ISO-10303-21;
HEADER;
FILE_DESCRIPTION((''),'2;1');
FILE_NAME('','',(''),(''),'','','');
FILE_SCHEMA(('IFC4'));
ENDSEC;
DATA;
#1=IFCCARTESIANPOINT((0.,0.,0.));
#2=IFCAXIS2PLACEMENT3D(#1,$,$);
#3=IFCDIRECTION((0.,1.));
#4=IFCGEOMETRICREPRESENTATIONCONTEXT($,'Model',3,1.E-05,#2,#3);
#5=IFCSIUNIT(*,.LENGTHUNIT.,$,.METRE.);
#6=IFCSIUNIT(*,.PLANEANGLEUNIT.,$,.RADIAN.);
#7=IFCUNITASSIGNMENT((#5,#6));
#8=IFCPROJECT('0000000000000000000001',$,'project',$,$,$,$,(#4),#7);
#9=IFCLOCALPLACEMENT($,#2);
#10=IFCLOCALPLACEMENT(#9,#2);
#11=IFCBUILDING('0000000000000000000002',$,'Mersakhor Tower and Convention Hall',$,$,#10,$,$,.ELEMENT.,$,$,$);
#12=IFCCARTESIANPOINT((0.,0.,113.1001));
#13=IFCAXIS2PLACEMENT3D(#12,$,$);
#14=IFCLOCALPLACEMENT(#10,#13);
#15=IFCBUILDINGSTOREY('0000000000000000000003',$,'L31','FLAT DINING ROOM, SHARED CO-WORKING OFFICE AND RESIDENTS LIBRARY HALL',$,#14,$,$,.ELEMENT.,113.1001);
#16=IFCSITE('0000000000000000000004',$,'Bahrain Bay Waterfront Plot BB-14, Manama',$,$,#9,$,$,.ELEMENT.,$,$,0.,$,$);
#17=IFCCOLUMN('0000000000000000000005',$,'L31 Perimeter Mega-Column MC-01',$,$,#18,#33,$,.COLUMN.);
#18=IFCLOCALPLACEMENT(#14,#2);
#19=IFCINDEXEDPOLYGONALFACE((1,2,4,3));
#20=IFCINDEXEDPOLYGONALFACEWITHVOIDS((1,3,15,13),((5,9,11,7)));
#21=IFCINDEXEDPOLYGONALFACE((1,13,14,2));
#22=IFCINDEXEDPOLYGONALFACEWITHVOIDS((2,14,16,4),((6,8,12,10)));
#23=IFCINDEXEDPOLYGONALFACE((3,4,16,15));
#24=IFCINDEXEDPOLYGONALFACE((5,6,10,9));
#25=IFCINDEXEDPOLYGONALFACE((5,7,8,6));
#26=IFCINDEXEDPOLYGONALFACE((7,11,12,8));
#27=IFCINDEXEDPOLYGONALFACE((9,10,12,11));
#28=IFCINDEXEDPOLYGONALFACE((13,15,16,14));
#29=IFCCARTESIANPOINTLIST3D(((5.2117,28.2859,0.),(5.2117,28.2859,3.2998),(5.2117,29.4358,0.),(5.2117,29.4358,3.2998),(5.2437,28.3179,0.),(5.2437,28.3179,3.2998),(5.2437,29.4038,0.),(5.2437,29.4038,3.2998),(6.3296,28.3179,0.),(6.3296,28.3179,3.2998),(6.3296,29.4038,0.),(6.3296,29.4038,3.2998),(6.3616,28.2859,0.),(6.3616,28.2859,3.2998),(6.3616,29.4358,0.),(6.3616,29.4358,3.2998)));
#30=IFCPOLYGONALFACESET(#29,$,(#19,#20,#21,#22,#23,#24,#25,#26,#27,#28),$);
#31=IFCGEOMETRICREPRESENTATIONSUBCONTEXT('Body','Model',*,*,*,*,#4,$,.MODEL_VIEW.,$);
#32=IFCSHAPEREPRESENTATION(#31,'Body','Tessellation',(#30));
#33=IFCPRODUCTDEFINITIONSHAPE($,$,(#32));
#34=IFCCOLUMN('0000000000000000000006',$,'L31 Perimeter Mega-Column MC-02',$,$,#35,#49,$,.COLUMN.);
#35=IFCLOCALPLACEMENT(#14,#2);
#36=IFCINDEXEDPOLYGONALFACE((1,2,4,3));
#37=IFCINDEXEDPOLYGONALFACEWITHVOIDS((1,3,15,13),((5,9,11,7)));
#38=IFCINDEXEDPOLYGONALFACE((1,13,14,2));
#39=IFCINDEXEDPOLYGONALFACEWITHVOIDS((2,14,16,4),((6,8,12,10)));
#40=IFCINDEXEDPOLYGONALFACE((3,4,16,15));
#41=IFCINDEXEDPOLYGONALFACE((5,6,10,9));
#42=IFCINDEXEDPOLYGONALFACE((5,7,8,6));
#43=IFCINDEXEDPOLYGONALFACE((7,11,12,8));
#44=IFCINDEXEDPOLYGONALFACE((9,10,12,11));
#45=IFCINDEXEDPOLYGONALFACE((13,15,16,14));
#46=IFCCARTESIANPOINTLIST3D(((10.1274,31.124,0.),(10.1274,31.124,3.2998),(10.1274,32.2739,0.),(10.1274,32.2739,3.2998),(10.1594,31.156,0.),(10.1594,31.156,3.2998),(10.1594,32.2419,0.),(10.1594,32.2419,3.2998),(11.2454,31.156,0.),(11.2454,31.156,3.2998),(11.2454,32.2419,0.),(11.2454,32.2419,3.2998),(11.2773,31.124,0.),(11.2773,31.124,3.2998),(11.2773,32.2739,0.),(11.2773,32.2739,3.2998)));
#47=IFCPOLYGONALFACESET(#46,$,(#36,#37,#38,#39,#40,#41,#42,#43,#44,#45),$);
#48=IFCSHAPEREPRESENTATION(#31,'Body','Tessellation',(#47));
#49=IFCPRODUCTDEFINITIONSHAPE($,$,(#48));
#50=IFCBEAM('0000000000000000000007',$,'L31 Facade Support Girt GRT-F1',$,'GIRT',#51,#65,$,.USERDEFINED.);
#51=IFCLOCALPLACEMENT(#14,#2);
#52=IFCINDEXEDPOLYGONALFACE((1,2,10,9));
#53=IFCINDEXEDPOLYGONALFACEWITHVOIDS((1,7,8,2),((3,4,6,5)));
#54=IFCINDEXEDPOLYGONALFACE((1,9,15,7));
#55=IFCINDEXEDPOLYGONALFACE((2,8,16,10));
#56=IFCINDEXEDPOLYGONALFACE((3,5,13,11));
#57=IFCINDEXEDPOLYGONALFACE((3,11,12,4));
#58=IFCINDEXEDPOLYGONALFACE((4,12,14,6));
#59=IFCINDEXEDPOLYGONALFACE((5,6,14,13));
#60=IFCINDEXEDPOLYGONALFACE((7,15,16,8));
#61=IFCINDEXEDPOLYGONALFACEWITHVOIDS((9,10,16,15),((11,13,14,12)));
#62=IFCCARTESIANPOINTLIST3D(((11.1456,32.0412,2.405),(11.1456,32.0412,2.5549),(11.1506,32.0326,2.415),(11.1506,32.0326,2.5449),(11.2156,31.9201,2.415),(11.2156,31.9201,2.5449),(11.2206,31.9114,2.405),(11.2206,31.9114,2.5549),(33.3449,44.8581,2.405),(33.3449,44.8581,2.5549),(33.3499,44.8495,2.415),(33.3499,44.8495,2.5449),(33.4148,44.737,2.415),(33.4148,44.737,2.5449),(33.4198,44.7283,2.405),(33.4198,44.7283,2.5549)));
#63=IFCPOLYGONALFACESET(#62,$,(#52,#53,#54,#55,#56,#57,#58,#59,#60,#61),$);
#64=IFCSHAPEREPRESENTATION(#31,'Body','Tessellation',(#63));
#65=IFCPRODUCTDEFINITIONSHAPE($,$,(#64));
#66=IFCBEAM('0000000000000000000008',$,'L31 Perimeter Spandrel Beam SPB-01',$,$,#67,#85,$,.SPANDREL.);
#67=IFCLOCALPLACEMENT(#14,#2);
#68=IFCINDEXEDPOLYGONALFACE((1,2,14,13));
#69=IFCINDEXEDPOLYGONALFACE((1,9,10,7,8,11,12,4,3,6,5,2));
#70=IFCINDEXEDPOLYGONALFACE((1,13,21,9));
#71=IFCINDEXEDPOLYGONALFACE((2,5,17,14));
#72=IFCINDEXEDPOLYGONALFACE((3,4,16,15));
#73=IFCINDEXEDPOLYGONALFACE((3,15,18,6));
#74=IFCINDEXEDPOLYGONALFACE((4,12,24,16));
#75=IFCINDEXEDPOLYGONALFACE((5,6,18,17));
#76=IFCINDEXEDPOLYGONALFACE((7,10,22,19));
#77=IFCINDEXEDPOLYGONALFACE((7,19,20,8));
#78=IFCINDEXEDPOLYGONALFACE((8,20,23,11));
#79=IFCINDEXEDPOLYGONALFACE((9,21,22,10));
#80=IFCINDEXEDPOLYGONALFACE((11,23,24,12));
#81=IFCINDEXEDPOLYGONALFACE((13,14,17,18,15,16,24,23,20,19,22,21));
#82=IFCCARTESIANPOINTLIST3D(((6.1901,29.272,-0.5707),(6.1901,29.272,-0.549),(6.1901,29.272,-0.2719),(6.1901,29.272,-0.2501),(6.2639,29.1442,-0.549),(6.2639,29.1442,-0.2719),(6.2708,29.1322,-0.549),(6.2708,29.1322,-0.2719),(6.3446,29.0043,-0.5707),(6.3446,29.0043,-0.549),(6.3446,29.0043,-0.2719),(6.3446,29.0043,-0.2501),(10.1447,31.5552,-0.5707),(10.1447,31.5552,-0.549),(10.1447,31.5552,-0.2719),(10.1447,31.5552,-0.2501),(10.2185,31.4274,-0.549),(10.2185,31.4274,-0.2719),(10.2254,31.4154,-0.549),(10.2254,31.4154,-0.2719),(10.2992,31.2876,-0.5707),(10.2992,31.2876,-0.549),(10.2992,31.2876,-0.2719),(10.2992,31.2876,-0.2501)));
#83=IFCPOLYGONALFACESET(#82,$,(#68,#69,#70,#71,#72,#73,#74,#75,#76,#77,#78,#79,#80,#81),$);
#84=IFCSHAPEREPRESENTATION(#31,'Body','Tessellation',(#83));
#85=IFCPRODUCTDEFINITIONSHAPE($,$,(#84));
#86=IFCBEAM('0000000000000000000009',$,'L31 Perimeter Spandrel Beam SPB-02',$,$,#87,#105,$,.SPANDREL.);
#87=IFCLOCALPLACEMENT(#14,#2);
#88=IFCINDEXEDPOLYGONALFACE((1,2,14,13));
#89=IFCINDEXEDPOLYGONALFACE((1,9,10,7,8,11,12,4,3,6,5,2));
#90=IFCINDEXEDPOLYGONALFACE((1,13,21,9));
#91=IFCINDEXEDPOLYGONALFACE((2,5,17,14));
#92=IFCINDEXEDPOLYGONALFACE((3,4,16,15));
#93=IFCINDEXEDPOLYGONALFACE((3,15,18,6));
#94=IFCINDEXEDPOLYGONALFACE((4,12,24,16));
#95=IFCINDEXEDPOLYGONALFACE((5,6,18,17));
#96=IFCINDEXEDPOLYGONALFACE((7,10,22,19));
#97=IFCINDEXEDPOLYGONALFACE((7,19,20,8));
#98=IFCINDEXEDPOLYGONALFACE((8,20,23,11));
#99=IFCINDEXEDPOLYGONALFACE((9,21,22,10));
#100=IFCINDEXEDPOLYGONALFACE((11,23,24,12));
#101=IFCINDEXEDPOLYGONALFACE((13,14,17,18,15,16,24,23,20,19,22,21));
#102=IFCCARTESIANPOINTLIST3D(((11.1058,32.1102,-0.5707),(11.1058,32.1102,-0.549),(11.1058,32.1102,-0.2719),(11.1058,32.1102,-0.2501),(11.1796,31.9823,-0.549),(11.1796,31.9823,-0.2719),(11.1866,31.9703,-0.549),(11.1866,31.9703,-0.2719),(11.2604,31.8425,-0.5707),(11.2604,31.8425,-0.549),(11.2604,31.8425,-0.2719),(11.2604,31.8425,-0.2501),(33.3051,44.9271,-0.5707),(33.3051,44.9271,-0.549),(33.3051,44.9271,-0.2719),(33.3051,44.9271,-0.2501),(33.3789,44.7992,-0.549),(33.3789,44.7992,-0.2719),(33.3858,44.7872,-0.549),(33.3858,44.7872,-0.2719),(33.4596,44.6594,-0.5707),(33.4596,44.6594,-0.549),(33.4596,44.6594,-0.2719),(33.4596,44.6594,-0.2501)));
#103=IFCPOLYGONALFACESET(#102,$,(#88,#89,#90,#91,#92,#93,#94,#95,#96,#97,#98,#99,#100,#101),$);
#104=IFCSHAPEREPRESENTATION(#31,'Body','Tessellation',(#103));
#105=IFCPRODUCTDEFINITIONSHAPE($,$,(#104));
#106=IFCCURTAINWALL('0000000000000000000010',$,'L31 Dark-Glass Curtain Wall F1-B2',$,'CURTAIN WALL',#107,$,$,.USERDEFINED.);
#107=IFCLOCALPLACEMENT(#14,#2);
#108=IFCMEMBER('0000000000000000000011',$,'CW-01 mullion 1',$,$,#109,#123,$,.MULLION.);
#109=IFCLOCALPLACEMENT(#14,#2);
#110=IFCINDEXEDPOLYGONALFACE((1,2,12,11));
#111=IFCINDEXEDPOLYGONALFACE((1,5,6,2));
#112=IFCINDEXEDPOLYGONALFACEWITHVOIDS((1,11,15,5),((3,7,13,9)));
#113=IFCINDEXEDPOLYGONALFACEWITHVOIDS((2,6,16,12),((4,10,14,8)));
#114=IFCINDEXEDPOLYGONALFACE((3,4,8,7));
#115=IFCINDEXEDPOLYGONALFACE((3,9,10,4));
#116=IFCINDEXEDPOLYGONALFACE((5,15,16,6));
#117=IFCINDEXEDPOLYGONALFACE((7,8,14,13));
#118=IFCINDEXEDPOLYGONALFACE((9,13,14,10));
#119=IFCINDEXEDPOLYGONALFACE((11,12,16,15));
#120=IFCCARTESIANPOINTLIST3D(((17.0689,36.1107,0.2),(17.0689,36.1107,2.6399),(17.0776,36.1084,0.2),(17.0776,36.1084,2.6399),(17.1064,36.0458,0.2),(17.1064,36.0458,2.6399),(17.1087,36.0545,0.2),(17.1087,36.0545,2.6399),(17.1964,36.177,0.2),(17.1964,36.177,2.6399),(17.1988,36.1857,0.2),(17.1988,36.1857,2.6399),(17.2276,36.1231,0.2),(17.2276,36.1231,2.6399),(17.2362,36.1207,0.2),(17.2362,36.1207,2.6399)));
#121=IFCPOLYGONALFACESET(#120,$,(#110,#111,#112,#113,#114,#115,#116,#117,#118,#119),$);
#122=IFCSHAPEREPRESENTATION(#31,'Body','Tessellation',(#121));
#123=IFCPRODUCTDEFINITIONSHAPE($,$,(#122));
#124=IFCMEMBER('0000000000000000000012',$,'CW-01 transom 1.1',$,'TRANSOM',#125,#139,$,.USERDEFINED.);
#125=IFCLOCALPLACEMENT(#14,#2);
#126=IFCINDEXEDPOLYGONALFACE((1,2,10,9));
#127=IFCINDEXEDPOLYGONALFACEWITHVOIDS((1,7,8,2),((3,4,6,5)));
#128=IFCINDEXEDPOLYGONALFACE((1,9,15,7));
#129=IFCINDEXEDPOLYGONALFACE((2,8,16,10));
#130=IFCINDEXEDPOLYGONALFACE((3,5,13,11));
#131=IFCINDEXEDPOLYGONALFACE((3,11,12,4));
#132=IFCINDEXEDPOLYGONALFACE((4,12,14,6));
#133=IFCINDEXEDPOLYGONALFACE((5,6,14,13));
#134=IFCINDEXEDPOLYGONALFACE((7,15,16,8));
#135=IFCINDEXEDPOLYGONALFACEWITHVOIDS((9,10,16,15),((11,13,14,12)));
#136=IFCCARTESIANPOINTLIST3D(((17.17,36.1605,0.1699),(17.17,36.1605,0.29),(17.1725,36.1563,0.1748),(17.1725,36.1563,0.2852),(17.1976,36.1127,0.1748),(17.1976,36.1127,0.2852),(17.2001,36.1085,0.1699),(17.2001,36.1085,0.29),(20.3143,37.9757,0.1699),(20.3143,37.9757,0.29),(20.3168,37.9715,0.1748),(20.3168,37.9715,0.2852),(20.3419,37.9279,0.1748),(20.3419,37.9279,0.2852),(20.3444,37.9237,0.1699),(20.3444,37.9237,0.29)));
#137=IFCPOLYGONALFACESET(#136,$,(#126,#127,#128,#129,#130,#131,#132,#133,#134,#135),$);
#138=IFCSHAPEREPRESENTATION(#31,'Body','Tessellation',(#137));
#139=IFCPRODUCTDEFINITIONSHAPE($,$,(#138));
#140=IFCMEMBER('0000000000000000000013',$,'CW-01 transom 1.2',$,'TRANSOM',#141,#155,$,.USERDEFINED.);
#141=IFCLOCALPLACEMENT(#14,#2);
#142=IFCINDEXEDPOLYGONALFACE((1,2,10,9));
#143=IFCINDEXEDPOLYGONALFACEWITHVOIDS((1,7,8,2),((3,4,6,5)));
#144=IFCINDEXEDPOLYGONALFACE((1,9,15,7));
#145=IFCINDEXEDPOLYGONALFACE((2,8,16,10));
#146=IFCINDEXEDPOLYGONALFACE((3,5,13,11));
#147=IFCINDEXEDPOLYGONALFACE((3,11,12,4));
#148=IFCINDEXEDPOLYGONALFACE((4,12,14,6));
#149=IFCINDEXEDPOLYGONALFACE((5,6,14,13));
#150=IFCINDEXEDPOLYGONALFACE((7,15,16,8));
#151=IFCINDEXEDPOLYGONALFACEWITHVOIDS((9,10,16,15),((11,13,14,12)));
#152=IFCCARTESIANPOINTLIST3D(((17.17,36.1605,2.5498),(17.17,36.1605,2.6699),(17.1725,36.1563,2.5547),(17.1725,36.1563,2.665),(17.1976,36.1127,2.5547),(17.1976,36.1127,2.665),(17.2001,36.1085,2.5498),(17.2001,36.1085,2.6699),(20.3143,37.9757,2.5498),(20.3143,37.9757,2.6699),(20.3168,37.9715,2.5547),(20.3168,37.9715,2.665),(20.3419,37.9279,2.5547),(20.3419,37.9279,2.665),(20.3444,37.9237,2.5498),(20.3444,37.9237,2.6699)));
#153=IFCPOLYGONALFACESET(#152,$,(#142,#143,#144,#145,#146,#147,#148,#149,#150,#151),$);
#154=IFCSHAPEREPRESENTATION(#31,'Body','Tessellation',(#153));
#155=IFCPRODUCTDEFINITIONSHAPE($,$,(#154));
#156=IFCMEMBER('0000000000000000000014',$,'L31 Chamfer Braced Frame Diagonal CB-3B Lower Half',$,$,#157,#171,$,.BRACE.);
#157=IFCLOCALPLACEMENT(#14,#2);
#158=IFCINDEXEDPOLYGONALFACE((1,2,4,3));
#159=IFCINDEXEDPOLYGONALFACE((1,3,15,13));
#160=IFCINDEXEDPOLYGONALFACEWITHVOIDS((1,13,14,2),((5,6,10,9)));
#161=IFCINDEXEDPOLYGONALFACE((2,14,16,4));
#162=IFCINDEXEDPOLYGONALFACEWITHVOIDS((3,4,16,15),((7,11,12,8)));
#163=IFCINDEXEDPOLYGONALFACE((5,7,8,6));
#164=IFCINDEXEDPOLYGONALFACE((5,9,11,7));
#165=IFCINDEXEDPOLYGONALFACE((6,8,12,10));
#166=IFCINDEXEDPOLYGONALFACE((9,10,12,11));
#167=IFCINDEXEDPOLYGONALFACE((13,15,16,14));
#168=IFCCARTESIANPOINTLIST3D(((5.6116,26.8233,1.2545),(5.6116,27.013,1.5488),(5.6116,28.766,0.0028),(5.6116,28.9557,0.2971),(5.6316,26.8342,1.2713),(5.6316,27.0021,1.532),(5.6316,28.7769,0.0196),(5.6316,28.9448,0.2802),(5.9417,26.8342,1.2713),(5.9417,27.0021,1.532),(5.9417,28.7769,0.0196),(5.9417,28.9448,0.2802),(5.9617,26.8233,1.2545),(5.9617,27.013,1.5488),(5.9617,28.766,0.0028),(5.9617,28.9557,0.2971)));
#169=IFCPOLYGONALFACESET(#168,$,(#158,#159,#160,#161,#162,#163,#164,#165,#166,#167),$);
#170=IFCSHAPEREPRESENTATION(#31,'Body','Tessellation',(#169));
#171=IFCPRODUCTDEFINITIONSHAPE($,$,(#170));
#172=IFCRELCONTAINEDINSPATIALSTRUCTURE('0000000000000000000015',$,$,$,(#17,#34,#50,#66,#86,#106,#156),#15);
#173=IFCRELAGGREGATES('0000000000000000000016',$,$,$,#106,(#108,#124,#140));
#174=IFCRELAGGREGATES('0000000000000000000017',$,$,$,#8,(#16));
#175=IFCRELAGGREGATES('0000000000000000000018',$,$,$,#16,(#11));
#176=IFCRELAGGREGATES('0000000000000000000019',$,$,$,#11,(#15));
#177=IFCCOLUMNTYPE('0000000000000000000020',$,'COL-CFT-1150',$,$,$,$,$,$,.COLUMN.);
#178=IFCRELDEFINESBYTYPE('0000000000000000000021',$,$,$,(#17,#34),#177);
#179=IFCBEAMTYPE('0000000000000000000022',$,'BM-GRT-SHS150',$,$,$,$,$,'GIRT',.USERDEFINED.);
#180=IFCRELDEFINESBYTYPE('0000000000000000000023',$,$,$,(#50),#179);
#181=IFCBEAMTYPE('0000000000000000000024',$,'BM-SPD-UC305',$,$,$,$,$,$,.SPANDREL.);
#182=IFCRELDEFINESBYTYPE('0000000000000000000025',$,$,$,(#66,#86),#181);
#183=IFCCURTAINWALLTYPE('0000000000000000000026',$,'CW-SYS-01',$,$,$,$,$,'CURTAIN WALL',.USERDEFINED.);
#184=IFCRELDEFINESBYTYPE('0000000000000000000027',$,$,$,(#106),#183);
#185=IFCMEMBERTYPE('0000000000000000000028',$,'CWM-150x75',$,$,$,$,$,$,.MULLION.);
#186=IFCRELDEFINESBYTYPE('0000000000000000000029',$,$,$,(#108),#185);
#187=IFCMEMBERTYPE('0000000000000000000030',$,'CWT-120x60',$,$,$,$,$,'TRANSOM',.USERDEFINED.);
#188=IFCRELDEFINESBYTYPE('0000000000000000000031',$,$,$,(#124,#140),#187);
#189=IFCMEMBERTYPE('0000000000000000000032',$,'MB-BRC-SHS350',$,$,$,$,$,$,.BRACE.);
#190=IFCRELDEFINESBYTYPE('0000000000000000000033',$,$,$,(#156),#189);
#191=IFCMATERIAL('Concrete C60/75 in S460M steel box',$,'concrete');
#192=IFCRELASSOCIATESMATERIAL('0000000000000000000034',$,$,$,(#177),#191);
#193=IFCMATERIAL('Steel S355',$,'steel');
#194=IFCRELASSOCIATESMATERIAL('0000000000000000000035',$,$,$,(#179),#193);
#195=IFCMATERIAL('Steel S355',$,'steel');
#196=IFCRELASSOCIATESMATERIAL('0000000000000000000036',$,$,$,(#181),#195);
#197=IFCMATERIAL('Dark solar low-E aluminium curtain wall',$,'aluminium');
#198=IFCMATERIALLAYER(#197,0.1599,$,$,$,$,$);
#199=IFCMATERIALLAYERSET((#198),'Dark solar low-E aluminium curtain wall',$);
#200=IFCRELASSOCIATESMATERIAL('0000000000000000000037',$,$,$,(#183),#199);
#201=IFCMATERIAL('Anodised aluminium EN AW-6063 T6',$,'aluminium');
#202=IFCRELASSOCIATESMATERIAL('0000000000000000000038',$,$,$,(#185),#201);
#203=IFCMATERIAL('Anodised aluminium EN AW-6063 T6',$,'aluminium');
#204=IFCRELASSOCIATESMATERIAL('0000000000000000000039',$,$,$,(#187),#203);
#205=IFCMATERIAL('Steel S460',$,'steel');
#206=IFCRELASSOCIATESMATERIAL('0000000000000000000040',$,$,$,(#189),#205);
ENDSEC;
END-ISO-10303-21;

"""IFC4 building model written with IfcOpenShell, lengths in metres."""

from ifc_helpers import new_model, si_unit, direction, frame, origin, origin_2d, place, context, subcontext, project, spatial, hollow_rectangle, i_section, extrude, material, layer, layer_set, material_profile, profile_set, type_object, element, aggregate, save


model = new_model("IFC4")

# Units and contexts
model_context = context("Model", 3, precision=1e-05, world=origin(), true_north=direction((0.0, 1.0)))
body_context = subcontext(model_context, "Body", "Model", "MODEL_VIEW")
ifc_project = project(units=[si_unit("LENGTHUNIT", "METRE"), si_unit("PLANEANGLEUNIT", "RADIAN")], contexts=[model_context])

# Site, building, storey
site_placement = place(None, origin())
site = spatial("IfcSite", under=ifc_project, at=site_placement, Name="Bahrain Bay Waterfront Plot BB-14, Manama", CompositionType="ELEMENT", RefElevation=0.0)
building_placement = place(site_placement, origin())
building = spatial("IfcBuilding", under=site, at=building_placement, Name="Mersakhor Tower and Convention Hall", CompositionType="ELEMENT")
storey_placement = place(building_placement, frame((0.0, 0.0, 113.1001)))
storey = spatial("IfcBuildingStorey", under=building, at=storey_placement, Name="L31", Description="FLAT DINING ROOM, SHARED CO-WORKING OFFICE AND RESIDENTS LIBRARY HALL", CompositionType="ELEMENT", Elevation=113.1001)

# Columns
ifc_material_1 = material(Name="Concrete C60/75 in S460M steel box", Category="concrete")
ifc_material_profile_1 = material_profile(ifc_material_1, hollow_rectangle(XDim=1.1499, YDim=1.1499, WallThickness=0.032, at=origin_2d()), Name="SHS 1150x1150x32")
ifc_profile_set_1 = profile_set([ifc_material_profile_1], Name="Concrete C60/75 in S460M steel box")
column_type = type_object("IfcColumnType", Name="COL-CFT-1150", PredefinedType="COLUMN", material=ifc_profile_set_1)
for number, where, z_axis, x_axis, name in (
    (1, (5.7866, 28.8608, 0.0), (0.0, 0.0, 1.0), (1.0, 0.0, 0.0), "L31 Perimeter Mega-Column MC-01"),
    (2, (10.7024, 31.699, 0.0), (0.0, 0.0, 1.0), (1.0, 0.0, 0.0), "L31 Perimeter Mega-Column MC-02"),
):
    element("IfcColumn", number, at=place(storey_placement, frame(where, z_axis=z_axis, x_axis=x_axis)), inside=storey, type_object=column_type, Name=name, PredefinedType="COLUMN", context=body_context, shape_type="SweptSolid", body=[
        extrude(hollow_rectangle(XDim=1.1499, YDim=1.1499, WallThickness=0.032, at=origin_2d()), origin(), (0.0, 0.0, 1.0), 3.2998),
    ])

# Beams
ifc_material_2 = material(Name="Steel S355", Category="steel")
ifc_material_profile_2 = material_profile(ifc_material_2, hollow_rectangle(XDim=0.1499, YDim=0.1499, WallThickness=0.01, at=origin_2d()), Name="SHS 150x150x10")
ifc_profile_set_2 = profile_set([ifc_material_profile_2], Name="Steel S355")
beam_type_1 = type_object("IfcBeamType", Name="BM-GRT-SHS150", ElementType="GIRT", PredefinedType="USERDEFINED", material=ifc_profile_set_2)
beam_1_placement = place(storey_placement, frame((11.1831, 31.9763, 2.48), z_axis=(0.866023, 0.500005, 0.0), x_axis=(-0.500005, 0.866023, 0.0)))
element("IfcBeam", 3, at=beam_1_placement, inside=storey, type_object=beam_type_1, Name="L31 Facade Support Girt GRT-F1", ObjectType="GIRT", PredefinedType="USERDEFINED", context=body_context, shape_type="SweptSolid", body=[
    extrude(hollow_rectangle(XDim=0.1499, YDim=0.1499, WallThickness=0.01, at=origin_2d()), origin(), (0.0, 0.0, 1.0), 25.6335),
])
ifc_material_3 = material(Name="Steel S355", Category="steel")
ifc_material_profile_3 = material_profile(ifc_material_3, i_section(OverallWidth=0.3091, OverallDepth=0.3206, WebThickness=0.0139, FlangeThickness=0.0217, at=origin_2d()), Name="UC 305x305x137")
ifc_profile_set_3 = profile_set([ifc_material_profile_3], Name="Steel S355")
beam_type_2 = type_object("IfcBeamType", Name="BM-SPD-UC305", PredefinedType="SPANDREL", material=ifc_profile_set_3)
beam_2_placement = place(storey_placement, frame((6.2673, 29.1382, -0.4104), z_axis=(0.866024, 0.500003, 0.0), x_axis=(-0.500003, 0.866024, 0.0)))
element("IfcBeam", 4, at=beam_2_placement, inside=storey, type_object=beam_type_2, Name="L31 Perimeter Spandrel Beam SPB-01", PredefinedType="SPANDREL", context=body_context, shape_type="SweptSolid", body=[
    extrude(i_section(OverallWidth=0.3091, OverallDepth=0.3206, WebThickness=0.0139, FlangeThickness=0.0217, at=origin_2d()), origin(), (0.0, 0.0, 1.0), 4.5664),
])
beam_3_placement = place(storey_placement, frame((11.1831, 31.9763, -0.4104), z_axis=(0.866023, 0.500005, 0.0), x_axis=(-0.500005, 0.866023, 0.0)))
element("IfcBeam", 5, at=beam_3_placement, inside=storey, type_object=beam_type_2, Name="L31 Perimeter Spandrel Beam SPB-02", PredefinedType="SPANDREL", context=body_context, shape_type="SweptSolid", body=[
    extrude(i_section(OverallWidth=0.3091, OverallDepth=0.3206, WebThickness=0.0139, FlangeThickness=0.0217, at=origin_2d()), origin(), (0.0, 0.0, 1.0), 25.6335),
])

# Curtain wall, members
ifc_material_4 = material(Name="Dark solar low-E aluminium curtain wall", Category="aluminium")
ifc_layer_1 = layer(ifc_material_4, 0.1599)
ifc_layer_set_1 = layer_set([ifc_layer_1], Name="Dark solar low-E aluminium curtain wall")
curtain_wall_type = type_object("IfcCurtainWallType", Name="CW-SYS-01", ElementType="CURTAIN WALL", PredefinedType="USERDEFINED", material=ifc_layer_set_1)
curtain_wall_placement = place(storey_placement, origin())
curtain_wall = element("IfcCurtainWall", 6, at=curtain_wall_placement, inside=storey, type_object=curtain_wall_type, Name="L31 Dark-Glass Curtain Wall F1-B2", ObjectType="CURTAIN WALL", PredefinedType="USERDEFINED")
ifc_material_5 = material(Name="Anodised aluminium EN AW-6063 T6", Category="aluminium")
ifc_material_profile_4 = material_profile(ifc_material_5, hollow_rectangle(XDim=0.075, YDim=0.1499, WallThickness=0.0063, at=origin_2d()), Name="RHS 150x75x6.3")
ifc_profile_set_4 = profile_set([ifc_material_profile_4], Name="Anodised aluminium EN AW-6063 T6")
member_type_1 = type_object("IfcMemberType", Name="CWM-150x75", PredefinedType="MULLION", material=ifc_profile_set_4)
member_1_placement = place(storey_placement, frame((17.1526, 36.1157, 0.2), z_axis=(0.0, 0.0, 1.0), x_axis=(-0.499998, 0.866027, 0.0)))
member_1 = element("IfcMember", 7, at=member_1_placement, type_object=member_type_1, Name="CW-01 mullion 1", PredefinedType="MULLION", context=body_context, shape_type="SweptSolid", body=[
    extrude(hollow_rectangle(XDim=0.075, YDim=0.1499, WallThickness=0.0063, at=origin_2d()), origin(), (0.0, 0.0, 1.0), 2.4399),
])
ifc_material_6 = material(Name="Anodised aluminium EN AW-6063 T6", Category="aluminium")
ifc_material_profile_5 = material_profile(ifc_material_6, hollow_rectangle(XDim=0.0601, YDim=0.1201, WallThickness=0.0049, at=origin_2d()), Name="RHS 120x60x5")
ifc_profile_set_5 = profile_set([ifc_material_profile_5], Name="Anodised aluminium EN AW-6063 T6")
member_type_2 = type_object("IfcMemberType", Name="CWT-120x60", ElementType="TRANSOM", PredefinedType="USERDEFINED", material=ifc_profile_set_5)
member_2_placement = place(storey_placement, frame((17.1851, 36.1345, 0.23), z_axis=(0.866046, 0.499965, 0.0), x_axis=(-0.499965, 0.866046, 0.0)))
member_2 = element("IfcMember", 8, at=member_2_placement, type_object=member_type_2, Name="CW-01 transom 1.1", ObjectType="TRANSOM", PredefinedType="USERDEFINED", context=body_context, shape_type="SweptSolid", body=[
    extrude(hollow_rectangle(XDim=0.0601, YDim=0.1201, WallThickness=0.0049, at=origin_2d()), origin(), (0.0, 0.0, 1.0), 3.6306),
])
member_3_placement = place(storey_placement, frame((17.1851, 36.1345, 2.6099), z_axis=(0.866046, 0.499965, 0.0), x_axis=(-0.499965, 0.866046, 0.0)))
member_3 = element("IfcMember", 9, at=member_3_placement, type_object=member_type_2, Name="CW-01 transom 1.2", ObjectType="TRANSOM", PredefinedType="USERDEFINED", context=body_context, shape_type="SweptSolid", body=[
    extrude(hollow_rectangle(XDim=0.0601, YDim=0.1201, WallThickness=0.0049, at=origin_2d()), origin(), (0.0, 0.0, 1.0), 3.6306),
])

# Member
ifc_material_7 = material(Name="Steel S460", Category="steel")
ifc_material_profile_6 = material_profile(ifc_material_7, hollow_rectangle(XDim=0.3501, YDim=0.3501, WallThickness=0.02, at=origin_2d()), Name="SHS 350x350x20")
ifc_profile_set_6 = profile_set([ifc_material_profile_6], Name="Steel S460")
member_type_3 = type_object("IfcMemberType", Name="MB-BRC-SHS350", PredefinedType="BRACE", material=ifc_profile_set_6)
member_4_placement = place(storey_placement, frame((5.7866, 28.8608, 0.1499), z_axis=(0.0, -0.840612, 0.541638), x_axis=(1.0, 0.0, 0.0)))
element("IfcMember", 10, at=member_4_placement, inside=storey, type_object=member_type_3, Name="L31 Chamfer Braced Frame Diagonal CB-3B Lower Half", PredefinedType="BRACE", context=body_context, shape_type="SweptSolid", body=[
    extrude(hollow_rectangle(XDim=0.3501, YDim=0.3501, WallThickness=0.02, at=origin_2d()), origin(), (0.0, 0.0, 1.0), 2.311),
])

aggregate(curtain_wall, [member_1, member_2, member_3])

save(model, "model.ifc")
